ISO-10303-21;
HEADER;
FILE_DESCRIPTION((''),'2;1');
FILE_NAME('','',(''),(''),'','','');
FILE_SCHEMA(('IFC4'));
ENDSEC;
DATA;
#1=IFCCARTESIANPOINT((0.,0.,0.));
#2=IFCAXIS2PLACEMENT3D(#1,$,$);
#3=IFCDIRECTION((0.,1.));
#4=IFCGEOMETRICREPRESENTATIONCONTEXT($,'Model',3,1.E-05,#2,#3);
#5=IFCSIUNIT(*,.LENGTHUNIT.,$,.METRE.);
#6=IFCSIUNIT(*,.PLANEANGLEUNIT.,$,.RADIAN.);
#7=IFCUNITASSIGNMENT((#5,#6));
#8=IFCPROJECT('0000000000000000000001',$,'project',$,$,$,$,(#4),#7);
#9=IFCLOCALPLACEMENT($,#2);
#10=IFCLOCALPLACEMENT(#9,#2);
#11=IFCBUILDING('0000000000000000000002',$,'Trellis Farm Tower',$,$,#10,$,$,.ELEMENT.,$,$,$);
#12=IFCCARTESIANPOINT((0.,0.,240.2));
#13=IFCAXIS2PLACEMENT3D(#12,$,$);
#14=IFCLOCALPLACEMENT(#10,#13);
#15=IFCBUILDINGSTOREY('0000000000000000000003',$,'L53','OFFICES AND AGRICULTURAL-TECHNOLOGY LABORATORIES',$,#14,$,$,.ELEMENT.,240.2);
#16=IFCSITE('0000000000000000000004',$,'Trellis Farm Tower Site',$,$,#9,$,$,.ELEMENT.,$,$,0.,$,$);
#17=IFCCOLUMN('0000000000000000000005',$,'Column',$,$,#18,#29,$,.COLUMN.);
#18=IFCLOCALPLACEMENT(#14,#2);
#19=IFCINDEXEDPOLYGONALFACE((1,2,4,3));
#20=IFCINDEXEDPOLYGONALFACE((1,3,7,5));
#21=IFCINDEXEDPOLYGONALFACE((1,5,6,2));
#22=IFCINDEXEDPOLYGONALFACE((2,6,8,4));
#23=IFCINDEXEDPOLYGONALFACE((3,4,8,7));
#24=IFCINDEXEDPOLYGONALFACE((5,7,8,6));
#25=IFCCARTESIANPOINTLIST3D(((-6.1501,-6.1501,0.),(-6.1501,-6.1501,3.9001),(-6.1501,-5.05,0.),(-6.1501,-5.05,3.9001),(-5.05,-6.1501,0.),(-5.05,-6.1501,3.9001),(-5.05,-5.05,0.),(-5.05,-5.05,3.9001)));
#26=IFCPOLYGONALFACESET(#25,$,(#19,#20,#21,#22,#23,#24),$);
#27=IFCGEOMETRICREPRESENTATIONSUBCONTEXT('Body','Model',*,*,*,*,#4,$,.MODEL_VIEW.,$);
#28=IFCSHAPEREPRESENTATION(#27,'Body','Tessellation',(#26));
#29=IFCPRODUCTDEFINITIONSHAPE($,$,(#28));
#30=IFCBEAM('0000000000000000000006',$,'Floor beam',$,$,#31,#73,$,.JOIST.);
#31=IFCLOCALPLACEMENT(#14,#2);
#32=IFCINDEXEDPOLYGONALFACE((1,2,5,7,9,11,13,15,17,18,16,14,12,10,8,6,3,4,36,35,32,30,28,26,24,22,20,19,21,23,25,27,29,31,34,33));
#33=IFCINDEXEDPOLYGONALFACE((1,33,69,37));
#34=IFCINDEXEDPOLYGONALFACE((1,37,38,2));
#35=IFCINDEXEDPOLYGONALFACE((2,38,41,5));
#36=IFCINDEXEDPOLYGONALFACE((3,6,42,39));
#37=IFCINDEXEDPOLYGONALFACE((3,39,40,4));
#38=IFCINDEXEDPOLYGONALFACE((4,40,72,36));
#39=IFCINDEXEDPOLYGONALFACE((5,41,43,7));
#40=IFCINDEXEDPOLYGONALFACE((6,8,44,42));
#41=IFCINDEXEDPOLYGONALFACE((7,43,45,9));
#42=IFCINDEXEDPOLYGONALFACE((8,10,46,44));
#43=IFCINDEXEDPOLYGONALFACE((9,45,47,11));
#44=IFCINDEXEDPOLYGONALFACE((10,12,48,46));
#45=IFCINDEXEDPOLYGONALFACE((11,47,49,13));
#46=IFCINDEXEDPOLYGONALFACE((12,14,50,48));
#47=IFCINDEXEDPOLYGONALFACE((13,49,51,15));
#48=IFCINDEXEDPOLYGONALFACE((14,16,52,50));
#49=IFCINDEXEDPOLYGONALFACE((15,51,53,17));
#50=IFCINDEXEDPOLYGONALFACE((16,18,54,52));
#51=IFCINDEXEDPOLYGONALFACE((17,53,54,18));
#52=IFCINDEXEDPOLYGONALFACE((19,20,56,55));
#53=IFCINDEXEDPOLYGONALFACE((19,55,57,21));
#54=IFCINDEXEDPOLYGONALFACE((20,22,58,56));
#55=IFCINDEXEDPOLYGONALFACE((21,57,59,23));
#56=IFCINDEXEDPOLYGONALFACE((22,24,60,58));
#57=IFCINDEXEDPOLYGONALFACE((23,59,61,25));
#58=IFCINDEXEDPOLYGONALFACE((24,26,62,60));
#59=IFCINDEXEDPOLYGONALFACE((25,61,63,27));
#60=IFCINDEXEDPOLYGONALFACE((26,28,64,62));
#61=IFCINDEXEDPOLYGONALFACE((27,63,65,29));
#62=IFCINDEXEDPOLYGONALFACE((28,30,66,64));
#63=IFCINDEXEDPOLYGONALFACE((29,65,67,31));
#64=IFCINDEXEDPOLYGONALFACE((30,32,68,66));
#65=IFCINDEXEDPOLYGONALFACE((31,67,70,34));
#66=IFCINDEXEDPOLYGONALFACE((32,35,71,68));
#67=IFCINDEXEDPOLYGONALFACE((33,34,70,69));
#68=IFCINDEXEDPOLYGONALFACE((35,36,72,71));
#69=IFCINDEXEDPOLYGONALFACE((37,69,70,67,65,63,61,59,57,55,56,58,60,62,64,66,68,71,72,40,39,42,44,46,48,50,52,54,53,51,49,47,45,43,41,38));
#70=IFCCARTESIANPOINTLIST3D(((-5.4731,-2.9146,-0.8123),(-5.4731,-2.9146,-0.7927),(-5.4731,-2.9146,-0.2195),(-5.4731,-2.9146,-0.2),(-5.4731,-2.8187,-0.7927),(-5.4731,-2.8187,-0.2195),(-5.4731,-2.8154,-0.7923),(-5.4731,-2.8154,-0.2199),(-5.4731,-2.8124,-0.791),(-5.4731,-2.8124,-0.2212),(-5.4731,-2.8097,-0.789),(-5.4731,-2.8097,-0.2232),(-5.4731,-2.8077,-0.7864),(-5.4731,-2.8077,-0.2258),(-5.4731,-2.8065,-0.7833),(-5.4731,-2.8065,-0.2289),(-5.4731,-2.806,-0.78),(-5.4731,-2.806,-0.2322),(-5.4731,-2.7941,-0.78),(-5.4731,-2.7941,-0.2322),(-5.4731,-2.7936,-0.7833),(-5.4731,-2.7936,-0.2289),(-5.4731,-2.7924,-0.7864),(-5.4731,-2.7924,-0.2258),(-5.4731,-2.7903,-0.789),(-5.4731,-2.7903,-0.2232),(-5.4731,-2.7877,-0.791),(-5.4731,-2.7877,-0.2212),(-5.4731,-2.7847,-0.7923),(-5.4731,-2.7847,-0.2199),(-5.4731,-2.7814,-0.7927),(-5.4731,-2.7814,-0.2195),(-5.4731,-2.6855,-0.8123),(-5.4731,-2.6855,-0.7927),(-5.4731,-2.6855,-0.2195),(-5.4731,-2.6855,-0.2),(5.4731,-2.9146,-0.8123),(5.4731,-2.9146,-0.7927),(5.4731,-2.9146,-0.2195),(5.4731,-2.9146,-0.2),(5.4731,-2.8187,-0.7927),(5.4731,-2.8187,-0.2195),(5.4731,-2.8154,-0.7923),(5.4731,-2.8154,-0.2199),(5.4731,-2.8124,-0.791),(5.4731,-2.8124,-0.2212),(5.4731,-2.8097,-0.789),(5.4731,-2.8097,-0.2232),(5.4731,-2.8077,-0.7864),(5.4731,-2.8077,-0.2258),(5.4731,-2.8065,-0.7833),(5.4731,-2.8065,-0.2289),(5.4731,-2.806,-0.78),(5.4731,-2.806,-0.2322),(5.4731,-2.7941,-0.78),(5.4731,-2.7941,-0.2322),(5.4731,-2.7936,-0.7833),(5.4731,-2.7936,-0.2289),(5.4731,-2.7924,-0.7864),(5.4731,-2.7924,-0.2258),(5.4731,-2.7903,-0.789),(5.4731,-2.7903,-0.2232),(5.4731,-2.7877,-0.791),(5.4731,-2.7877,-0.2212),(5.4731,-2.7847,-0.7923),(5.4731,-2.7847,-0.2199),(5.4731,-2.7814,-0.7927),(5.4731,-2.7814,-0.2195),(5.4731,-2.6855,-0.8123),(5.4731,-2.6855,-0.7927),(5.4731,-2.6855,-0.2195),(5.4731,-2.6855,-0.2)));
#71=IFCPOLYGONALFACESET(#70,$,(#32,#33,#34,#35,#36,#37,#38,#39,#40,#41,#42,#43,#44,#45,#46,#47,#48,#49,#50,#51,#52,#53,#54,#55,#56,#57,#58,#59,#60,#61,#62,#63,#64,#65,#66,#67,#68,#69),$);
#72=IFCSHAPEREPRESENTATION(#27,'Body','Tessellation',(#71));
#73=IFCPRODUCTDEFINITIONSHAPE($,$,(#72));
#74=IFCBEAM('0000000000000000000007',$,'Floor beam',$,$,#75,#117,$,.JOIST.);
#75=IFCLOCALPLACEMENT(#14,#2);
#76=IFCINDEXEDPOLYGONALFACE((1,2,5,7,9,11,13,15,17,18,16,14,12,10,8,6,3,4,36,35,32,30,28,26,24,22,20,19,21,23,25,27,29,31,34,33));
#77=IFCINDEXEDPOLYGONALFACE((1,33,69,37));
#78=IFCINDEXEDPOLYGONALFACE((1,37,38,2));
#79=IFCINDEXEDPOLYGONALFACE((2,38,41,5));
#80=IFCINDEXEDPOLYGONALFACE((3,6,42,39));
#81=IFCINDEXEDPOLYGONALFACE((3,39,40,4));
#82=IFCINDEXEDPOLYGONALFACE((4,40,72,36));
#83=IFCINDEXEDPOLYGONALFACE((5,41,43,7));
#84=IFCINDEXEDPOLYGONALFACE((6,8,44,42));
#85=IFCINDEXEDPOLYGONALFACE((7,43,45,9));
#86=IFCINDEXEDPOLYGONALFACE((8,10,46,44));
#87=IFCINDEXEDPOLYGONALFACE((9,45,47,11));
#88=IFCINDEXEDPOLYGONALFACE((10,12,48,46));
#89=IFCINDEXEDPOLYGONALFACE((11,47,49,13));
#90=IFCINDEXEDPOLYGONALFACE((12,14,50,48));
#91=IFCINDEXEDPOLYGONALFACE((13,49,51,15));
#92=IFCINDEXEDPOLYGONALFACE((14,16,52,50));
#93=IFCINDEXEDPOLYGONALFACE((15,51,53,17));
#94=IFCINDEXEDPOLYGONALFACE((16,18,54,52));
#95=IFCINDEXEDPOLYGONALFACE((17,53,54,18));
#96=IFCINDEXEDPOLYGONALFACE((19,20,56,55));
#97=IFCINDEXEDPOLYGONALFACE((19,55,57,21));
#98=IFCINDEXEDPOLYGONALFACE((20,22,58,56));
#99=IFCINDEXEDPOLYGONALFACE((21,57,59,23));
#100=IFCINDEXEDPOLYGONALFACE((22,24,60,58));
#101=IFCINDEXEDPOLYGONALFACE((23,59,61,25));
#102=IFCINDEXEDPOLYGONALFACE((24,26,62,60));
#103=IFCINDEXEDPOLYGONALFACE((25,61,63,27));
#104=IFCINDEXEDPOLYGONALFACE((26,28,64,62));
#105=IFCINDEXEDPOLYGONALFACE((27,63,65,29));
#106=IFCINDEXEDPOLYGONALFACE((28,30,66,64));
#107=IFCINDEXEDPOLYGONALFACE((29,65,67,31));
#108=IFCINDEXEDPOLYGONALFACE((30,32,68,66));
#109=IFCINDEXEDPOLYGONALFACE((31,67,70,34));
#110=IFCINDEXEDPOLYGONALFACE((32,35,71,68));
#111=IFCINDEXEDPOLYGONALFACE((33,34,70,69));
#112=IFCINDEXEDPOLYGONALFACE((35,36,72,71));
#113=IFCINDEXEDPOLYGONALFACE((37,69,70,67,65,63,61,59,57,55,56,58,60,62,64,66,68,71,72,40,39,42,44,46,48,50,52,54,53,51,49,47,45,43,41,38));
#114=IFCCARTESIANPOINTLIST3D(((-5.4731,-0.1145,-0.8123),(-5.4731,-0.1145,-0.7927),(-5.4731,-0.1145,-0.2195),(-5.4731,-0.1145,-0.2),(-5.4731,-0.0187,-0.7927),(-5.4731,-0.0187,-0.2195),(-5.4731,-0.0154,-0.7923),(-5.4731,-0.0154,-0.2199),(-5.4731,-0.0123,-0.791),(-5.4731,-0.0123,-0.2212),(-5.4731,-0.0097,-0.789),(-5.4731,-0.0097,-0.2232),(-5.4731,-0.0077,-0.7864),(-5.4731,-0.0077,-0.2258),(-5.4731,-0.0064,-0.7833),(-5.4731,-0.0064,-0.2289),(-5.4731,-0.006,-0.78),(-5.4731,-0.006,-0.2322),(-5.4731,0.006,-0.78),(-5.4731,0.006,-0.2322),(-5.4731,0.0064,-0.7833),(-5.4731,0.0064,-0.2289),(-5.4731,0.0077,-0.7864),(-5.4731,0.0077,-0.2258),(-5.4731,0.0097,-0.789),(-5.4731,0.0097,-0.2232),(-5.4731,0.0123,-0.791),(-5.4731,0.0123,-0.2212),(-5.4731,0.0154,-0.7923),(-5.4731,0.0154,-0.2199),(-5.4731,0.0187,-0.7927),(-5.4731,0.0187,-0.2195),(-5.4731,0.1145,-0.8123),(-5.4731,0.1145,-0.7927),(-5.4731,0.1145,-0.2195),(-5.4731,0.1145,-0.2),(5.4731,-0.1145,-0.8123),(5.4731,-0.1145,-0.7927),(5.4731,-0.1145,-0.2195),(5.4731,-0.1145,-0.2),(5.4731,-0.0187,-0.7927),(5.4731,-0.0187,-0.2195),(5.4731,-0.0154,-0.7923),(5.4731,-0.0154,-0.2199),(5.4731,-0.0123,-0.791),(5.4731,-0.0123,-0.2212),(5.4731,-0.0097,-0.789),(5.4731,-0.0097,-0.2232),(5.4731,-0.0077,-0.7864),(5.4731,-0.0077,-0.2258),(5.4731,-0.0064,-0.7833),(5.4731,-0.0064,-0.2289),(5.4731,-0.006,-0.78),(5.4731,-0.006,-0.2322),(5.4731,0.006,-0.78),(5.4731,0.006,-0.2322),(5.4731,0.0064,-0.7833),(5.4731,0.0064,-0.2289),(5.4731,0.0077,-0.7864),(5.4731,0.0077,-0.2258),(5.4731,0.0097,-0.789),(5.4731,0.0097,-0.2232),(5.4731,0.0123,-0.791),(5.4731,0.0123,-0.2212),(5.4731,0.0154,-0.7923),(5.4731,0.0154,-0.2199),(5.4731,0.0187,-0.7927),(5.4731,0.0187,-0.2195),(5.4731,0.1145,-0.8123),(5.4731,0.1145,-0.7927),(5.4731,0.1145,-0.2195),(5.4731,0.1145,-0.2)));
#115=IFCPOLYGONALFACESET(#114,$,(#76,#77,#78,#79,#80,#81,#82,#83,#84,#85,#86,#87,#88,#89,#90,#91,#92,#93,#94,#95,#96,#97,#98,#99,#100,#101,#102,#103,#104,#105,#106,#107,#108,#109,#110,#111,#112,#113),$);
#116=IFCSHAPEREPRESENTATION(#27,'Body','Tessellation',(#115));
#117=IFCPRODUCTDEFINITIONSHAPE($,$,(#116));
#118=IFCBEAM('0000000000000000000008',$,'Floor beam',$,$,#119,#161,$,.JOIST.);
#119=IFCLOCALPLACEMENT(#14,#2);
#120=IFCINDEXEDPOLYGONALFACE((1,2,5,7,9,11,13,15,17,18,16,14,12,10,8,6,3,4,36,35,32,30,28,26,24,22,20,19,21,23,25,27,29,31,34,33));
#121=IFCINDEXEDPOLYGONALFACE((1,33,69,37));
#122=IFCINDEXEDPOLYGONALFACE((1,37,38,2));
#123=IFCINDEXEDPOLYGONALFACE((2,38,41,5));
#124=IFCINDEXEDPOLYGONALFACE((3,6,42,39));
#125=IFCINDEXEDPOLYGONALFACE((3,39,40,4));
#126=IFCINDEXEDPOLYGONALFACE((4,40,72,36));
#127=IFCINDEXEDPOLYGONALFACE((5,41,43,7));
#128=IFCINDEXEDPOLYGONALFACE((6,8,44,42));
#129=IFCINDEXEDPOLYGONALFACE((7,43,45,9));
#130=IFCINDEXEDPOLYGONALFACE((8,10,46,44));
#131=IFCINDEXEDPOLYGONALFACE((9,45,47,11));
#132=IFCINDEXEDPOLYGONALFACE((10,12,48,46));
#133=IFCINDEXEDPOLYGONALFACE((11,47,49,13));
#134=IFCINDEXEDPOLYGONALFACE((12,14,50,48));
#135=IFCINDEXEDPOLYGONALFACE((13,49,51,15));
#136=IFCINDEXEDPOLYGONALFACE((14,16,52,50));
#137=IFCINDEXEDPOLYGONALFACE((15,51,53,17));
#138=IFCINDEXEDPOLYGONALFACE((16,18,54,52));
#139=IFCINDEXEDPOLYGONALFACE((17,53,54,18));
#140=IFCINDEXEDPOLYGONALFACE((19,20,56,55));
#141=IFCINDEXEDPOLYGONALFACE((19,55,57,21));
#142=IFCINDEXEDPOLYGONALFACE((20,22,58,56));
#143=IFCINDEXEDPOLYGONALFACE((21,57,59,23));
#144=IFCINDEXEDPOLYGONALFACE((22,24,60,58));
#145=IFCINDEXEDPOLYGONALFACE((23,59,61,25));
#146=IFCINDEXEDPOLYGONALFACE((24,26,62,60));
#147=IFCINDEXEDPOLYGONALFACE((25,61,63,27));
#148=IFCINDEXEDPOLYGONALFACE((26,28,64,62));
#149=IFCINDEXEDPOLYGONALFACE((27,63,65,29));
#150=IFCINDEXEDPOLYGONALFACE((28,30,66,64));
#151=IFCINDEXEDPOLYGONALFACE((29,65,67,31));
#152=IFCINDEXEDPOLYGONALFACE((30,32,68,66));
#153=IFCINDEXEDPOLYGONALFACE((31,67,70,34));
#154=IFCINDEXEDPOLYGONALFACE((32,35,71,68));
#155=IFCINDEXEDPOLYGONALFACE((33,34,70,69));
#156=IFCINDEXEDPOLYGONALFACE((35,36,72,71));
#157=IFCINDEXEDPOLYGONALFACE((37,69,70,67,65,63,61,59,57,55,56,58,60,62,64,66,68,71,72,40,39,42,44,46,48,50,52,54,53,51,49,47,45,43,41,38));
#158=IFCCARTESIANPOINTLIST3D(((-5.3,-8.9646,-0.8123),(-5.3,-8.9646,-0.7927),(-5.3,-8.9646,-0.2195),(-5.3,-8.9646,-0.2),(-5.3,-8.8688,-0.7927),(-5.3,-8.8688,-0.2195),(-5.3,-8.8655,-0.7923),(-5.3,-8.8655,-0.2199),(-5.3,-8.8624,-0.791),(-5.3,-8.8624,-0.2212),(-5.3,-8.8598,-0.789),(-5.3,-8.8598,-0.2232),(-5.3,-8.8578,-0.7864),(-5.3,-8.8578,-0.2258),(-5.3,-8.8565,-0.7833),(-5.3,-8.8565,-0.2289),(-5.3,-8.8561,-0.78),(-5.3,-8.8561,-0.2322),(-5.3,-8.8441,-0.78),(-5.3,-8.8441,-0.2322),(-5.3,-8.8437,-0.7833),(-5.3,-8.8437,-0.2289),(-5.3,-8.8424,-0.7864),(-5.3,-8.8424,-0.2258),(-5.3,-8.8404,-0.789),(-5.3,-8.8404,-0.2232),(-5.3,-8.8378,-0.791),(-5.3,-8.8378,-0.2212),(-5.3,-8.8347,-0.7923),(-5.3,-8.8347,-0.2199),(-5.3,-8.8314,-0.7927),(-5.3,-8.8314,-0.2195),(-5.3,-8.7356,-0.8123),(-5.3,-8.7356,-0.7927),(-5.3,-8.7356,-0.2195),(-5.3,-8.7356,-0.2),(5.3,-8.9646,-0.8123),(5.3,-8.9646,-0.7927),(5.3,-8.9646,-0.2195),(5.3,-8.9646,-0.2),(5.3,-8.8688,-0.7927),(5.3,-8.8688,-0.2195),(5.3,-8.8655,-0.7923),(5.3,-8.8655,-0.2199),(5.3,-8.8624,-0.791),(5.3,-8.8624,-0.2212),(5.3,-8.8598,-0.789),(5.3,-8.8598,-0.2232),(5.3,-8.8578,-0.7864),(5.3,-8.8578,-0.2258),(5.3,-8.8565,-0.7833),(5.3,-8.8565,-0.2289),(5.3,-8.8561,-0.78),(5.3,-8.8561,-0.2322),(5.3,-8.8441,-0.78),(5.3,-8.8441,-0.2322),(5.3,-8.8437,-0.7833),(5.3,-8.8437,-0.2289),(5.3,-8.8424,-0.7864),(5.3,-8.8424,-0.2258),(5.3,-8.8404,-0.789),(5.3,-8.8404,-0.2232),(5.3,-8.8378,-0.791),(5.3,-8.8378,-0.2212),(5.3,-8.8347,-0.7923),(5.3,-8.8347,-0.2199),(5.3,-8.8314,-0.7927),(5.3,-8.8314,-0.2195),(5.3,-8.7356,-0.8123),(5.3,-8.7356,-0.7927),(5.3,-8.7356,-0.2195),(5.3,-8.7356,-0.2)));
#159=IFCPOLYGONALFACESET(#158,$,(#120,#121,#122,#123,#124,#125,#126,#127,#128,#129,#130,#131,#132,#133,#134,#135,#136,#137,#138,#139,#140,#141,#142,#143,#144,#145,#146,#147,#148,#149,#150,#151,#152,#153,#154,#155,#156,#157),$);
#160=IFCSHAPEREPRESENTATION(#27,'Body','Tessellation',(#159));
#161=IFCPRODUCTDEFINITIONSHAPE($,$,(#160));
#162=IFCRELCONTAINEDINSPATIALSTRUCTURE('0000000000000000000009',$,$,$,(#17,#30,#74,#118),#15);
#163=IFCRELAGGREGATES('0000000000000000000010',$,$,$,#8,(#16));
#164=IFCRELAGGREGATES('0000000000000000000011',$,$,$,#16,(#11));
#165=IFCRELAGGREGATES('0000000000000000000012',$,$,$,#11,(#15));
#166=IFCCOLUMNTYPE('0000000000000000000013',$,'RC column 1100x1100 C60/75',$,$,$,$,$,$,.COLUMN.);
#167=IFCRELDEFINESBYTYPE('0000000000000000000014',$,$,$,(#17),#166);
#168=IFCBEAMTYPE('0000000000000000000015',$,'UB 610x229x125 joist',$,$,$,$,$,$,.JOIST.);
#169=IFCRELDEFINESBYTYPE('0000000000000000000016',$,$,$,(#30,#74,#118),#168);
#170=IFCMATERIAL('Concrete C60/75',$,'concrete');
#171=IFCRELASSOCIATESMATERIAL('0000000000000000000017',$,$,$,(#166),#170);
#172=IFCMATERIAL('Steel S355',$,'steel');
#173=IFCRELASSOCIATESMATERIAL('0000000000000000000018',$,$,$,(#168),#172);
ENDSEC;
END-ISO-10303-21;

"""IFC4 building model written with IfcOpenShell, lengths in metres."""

from ifc_helpers import new_model, si_unit, direction, frame, origin, origin_2d, place, context, subcontext, project, spatial, rectangle, i_section, extrude, source, transform, mapped, material, material_profile, profile_set, type_object, element, save


model = new_model("IFC4")

# Units and contexts
model_context = context("Model", 3, precision=1e-05, world=origin(), true_north=direction((0.0, 1.0)))
body_context = subcontext(model_context, "Body", "Model", "MODEL_VIEW")
ifc_project = project(units=[si_unit("LENGTHUNIT", "METRE"), si_unit("PLANEANGLEUNIT", "RADIAN")], contexts=[model_context])

# Site, building, storey
site_placement = place(None, origin())
site = spatial("IfcSite", under=ifc_project, at=site_placement, Name="Trellis Farm Tower Site", CompositionType="ELEMENT", RefElevation=0.0)
building_placement = place(site_placement, origin())
building = spatial("IfcBuilding", under=site, at=building_placement, Name="Trellis Farm Tower", CompositionType="ELEMENT")
storey_placement = place(building_placement, frame((0.0, 0.0, 240.2)))
storey = spatial("IfcBuildingStorey", under=building, at=storey_placement, Name="L53", Description="OFFICES AND AGRICULTURAL-TECHNOLOGY LABORATORIES", CompositionType="ELEMENT", Elevation=240.2)

# Column
ifc_material_1 = material(Name="Concrete C60/75", Category="concrete")
ifc_material_profile_1 = material_profile(ifc_material_1, rectangle(XDim=1.1001, YDim=1.1001, at=origin_2d()), Name="RC column 1100x1100 C60/75")
ifc_profile_set_1 = profile_set([ifc_material_profile_1], Name="Concrete C60/75")
column_type = type_object("IfcColumnType", Name="RC column 1100x1100 C60/75", PredefinedType="COLUMN", material=ifc_profile_set_1)
shared_shape_1 = source(origin(), body_context, "Body", "SweptSolid", [
    extrude(rectangle(XDim=1.1001, YDim=1.1001, at=origin_2d()), origin(), (0.0, 0.0, 1.0), 3.9001),
])
column_placement = place(storey_placement, frame((-5.6001, -5.6001, 0.0), z_axis=(0.0, 0.0, 1.0), x_axis=(1.0, 0.0, 0.0)))
element("IfcColumn", 1, at=column_placement, inside=storey, type_object=column_type, Name="Column", PredefinedType="COLUMN", context=body_context, shape_type="MappedRepresentation", body=[
    mapped(shared_shape_1, transform((0.0, 0.0, 0.0))),
])

# Beams
ifc_material_2 = material(Name="Steel S355", Category="steel")
ifc_material_profile_2 = material_profile(ifc_material_2, i_section(OverallWidth=0.229, OverallDepth=0.6123, WebThickness=0.012, FlangeThickness=0.0195, FilletRadius=0.0127, at=origin_2d()), Name="UB 610x229x125")
ifc_profile_set_2 = profile_set([ifc_material_profile_2], Name="Steel S355")
beam_type_1 = type_object("IfcBeamType", Name="UB 610x229x125 joist", PredefinedType="JOIST", material=ifc_profile_set_2)
shared_shape_2 = source(origin(), body_context, "Body", "SweptSolid", [
    extrude(i_section(OverallWidth=0.229, OverallDepth=0.6123, WebThickness=0.012, FlangeThickness=0.0195, FilletRadius=0.0127, at=origin_2d()), origin(), (0.0, 0.0, 1.0), 10.9463),
])
for number, where, z_axis, x_axis, name in (
    (2, (-5.4731, -2.8, -0.5061), (1.0, 0.0, 0.0), (0.0, 1.0, 0.0), "Floor beam"),
    (3, (-5.4731, 0.0, -0.5061), (1.0, 0.0, 0.0), (0.0, 1.0, 0.0), "Floor beam"),
):
    element("IfcBeam", number, at=place(storey_placement, frame(where, z_axis=z_axis, x_axis=x_axis)), inside=storey, type_object=beam_type_1, Name=name, PredefinedType="JOIST", context=body_context, shape_type="MappedRepresentation", body=[
        mapped(shared_shape_2, transform((0.0, 0.0, 0.0))),
    ])
shared_shape_3 = source(origin(), body_context, "Body", "SweptSolid", [
    extrude(i_section(OverallWidth=0.229, OverallDepth=0.6123, WebThickness=0.012, FlangeThickness=0.0195, FilletRadius=0.0127, at=origin_2d()), origin(), (0.0, 0.0, 1.0), 10.6001),
])
beam_placement = place(storey_placement, frame((-5.3, -8.8501, -0.5061), z_axis=(1.0, 0.0, 0.0), x_axis=(0.0, 1.0, 0.0)))
element("IfcBeam", 4, at=beam_placement, inside=storey, type_object=beam_type_1, Name="Floor beam", PredefinedType="JOIST", context=body_context, shape_type="MappedRepresentation", body=[
    mapped(shared_shape_3, transform((0.0, 0.0, 0.0))),
])

save(model, "model.ifc")
